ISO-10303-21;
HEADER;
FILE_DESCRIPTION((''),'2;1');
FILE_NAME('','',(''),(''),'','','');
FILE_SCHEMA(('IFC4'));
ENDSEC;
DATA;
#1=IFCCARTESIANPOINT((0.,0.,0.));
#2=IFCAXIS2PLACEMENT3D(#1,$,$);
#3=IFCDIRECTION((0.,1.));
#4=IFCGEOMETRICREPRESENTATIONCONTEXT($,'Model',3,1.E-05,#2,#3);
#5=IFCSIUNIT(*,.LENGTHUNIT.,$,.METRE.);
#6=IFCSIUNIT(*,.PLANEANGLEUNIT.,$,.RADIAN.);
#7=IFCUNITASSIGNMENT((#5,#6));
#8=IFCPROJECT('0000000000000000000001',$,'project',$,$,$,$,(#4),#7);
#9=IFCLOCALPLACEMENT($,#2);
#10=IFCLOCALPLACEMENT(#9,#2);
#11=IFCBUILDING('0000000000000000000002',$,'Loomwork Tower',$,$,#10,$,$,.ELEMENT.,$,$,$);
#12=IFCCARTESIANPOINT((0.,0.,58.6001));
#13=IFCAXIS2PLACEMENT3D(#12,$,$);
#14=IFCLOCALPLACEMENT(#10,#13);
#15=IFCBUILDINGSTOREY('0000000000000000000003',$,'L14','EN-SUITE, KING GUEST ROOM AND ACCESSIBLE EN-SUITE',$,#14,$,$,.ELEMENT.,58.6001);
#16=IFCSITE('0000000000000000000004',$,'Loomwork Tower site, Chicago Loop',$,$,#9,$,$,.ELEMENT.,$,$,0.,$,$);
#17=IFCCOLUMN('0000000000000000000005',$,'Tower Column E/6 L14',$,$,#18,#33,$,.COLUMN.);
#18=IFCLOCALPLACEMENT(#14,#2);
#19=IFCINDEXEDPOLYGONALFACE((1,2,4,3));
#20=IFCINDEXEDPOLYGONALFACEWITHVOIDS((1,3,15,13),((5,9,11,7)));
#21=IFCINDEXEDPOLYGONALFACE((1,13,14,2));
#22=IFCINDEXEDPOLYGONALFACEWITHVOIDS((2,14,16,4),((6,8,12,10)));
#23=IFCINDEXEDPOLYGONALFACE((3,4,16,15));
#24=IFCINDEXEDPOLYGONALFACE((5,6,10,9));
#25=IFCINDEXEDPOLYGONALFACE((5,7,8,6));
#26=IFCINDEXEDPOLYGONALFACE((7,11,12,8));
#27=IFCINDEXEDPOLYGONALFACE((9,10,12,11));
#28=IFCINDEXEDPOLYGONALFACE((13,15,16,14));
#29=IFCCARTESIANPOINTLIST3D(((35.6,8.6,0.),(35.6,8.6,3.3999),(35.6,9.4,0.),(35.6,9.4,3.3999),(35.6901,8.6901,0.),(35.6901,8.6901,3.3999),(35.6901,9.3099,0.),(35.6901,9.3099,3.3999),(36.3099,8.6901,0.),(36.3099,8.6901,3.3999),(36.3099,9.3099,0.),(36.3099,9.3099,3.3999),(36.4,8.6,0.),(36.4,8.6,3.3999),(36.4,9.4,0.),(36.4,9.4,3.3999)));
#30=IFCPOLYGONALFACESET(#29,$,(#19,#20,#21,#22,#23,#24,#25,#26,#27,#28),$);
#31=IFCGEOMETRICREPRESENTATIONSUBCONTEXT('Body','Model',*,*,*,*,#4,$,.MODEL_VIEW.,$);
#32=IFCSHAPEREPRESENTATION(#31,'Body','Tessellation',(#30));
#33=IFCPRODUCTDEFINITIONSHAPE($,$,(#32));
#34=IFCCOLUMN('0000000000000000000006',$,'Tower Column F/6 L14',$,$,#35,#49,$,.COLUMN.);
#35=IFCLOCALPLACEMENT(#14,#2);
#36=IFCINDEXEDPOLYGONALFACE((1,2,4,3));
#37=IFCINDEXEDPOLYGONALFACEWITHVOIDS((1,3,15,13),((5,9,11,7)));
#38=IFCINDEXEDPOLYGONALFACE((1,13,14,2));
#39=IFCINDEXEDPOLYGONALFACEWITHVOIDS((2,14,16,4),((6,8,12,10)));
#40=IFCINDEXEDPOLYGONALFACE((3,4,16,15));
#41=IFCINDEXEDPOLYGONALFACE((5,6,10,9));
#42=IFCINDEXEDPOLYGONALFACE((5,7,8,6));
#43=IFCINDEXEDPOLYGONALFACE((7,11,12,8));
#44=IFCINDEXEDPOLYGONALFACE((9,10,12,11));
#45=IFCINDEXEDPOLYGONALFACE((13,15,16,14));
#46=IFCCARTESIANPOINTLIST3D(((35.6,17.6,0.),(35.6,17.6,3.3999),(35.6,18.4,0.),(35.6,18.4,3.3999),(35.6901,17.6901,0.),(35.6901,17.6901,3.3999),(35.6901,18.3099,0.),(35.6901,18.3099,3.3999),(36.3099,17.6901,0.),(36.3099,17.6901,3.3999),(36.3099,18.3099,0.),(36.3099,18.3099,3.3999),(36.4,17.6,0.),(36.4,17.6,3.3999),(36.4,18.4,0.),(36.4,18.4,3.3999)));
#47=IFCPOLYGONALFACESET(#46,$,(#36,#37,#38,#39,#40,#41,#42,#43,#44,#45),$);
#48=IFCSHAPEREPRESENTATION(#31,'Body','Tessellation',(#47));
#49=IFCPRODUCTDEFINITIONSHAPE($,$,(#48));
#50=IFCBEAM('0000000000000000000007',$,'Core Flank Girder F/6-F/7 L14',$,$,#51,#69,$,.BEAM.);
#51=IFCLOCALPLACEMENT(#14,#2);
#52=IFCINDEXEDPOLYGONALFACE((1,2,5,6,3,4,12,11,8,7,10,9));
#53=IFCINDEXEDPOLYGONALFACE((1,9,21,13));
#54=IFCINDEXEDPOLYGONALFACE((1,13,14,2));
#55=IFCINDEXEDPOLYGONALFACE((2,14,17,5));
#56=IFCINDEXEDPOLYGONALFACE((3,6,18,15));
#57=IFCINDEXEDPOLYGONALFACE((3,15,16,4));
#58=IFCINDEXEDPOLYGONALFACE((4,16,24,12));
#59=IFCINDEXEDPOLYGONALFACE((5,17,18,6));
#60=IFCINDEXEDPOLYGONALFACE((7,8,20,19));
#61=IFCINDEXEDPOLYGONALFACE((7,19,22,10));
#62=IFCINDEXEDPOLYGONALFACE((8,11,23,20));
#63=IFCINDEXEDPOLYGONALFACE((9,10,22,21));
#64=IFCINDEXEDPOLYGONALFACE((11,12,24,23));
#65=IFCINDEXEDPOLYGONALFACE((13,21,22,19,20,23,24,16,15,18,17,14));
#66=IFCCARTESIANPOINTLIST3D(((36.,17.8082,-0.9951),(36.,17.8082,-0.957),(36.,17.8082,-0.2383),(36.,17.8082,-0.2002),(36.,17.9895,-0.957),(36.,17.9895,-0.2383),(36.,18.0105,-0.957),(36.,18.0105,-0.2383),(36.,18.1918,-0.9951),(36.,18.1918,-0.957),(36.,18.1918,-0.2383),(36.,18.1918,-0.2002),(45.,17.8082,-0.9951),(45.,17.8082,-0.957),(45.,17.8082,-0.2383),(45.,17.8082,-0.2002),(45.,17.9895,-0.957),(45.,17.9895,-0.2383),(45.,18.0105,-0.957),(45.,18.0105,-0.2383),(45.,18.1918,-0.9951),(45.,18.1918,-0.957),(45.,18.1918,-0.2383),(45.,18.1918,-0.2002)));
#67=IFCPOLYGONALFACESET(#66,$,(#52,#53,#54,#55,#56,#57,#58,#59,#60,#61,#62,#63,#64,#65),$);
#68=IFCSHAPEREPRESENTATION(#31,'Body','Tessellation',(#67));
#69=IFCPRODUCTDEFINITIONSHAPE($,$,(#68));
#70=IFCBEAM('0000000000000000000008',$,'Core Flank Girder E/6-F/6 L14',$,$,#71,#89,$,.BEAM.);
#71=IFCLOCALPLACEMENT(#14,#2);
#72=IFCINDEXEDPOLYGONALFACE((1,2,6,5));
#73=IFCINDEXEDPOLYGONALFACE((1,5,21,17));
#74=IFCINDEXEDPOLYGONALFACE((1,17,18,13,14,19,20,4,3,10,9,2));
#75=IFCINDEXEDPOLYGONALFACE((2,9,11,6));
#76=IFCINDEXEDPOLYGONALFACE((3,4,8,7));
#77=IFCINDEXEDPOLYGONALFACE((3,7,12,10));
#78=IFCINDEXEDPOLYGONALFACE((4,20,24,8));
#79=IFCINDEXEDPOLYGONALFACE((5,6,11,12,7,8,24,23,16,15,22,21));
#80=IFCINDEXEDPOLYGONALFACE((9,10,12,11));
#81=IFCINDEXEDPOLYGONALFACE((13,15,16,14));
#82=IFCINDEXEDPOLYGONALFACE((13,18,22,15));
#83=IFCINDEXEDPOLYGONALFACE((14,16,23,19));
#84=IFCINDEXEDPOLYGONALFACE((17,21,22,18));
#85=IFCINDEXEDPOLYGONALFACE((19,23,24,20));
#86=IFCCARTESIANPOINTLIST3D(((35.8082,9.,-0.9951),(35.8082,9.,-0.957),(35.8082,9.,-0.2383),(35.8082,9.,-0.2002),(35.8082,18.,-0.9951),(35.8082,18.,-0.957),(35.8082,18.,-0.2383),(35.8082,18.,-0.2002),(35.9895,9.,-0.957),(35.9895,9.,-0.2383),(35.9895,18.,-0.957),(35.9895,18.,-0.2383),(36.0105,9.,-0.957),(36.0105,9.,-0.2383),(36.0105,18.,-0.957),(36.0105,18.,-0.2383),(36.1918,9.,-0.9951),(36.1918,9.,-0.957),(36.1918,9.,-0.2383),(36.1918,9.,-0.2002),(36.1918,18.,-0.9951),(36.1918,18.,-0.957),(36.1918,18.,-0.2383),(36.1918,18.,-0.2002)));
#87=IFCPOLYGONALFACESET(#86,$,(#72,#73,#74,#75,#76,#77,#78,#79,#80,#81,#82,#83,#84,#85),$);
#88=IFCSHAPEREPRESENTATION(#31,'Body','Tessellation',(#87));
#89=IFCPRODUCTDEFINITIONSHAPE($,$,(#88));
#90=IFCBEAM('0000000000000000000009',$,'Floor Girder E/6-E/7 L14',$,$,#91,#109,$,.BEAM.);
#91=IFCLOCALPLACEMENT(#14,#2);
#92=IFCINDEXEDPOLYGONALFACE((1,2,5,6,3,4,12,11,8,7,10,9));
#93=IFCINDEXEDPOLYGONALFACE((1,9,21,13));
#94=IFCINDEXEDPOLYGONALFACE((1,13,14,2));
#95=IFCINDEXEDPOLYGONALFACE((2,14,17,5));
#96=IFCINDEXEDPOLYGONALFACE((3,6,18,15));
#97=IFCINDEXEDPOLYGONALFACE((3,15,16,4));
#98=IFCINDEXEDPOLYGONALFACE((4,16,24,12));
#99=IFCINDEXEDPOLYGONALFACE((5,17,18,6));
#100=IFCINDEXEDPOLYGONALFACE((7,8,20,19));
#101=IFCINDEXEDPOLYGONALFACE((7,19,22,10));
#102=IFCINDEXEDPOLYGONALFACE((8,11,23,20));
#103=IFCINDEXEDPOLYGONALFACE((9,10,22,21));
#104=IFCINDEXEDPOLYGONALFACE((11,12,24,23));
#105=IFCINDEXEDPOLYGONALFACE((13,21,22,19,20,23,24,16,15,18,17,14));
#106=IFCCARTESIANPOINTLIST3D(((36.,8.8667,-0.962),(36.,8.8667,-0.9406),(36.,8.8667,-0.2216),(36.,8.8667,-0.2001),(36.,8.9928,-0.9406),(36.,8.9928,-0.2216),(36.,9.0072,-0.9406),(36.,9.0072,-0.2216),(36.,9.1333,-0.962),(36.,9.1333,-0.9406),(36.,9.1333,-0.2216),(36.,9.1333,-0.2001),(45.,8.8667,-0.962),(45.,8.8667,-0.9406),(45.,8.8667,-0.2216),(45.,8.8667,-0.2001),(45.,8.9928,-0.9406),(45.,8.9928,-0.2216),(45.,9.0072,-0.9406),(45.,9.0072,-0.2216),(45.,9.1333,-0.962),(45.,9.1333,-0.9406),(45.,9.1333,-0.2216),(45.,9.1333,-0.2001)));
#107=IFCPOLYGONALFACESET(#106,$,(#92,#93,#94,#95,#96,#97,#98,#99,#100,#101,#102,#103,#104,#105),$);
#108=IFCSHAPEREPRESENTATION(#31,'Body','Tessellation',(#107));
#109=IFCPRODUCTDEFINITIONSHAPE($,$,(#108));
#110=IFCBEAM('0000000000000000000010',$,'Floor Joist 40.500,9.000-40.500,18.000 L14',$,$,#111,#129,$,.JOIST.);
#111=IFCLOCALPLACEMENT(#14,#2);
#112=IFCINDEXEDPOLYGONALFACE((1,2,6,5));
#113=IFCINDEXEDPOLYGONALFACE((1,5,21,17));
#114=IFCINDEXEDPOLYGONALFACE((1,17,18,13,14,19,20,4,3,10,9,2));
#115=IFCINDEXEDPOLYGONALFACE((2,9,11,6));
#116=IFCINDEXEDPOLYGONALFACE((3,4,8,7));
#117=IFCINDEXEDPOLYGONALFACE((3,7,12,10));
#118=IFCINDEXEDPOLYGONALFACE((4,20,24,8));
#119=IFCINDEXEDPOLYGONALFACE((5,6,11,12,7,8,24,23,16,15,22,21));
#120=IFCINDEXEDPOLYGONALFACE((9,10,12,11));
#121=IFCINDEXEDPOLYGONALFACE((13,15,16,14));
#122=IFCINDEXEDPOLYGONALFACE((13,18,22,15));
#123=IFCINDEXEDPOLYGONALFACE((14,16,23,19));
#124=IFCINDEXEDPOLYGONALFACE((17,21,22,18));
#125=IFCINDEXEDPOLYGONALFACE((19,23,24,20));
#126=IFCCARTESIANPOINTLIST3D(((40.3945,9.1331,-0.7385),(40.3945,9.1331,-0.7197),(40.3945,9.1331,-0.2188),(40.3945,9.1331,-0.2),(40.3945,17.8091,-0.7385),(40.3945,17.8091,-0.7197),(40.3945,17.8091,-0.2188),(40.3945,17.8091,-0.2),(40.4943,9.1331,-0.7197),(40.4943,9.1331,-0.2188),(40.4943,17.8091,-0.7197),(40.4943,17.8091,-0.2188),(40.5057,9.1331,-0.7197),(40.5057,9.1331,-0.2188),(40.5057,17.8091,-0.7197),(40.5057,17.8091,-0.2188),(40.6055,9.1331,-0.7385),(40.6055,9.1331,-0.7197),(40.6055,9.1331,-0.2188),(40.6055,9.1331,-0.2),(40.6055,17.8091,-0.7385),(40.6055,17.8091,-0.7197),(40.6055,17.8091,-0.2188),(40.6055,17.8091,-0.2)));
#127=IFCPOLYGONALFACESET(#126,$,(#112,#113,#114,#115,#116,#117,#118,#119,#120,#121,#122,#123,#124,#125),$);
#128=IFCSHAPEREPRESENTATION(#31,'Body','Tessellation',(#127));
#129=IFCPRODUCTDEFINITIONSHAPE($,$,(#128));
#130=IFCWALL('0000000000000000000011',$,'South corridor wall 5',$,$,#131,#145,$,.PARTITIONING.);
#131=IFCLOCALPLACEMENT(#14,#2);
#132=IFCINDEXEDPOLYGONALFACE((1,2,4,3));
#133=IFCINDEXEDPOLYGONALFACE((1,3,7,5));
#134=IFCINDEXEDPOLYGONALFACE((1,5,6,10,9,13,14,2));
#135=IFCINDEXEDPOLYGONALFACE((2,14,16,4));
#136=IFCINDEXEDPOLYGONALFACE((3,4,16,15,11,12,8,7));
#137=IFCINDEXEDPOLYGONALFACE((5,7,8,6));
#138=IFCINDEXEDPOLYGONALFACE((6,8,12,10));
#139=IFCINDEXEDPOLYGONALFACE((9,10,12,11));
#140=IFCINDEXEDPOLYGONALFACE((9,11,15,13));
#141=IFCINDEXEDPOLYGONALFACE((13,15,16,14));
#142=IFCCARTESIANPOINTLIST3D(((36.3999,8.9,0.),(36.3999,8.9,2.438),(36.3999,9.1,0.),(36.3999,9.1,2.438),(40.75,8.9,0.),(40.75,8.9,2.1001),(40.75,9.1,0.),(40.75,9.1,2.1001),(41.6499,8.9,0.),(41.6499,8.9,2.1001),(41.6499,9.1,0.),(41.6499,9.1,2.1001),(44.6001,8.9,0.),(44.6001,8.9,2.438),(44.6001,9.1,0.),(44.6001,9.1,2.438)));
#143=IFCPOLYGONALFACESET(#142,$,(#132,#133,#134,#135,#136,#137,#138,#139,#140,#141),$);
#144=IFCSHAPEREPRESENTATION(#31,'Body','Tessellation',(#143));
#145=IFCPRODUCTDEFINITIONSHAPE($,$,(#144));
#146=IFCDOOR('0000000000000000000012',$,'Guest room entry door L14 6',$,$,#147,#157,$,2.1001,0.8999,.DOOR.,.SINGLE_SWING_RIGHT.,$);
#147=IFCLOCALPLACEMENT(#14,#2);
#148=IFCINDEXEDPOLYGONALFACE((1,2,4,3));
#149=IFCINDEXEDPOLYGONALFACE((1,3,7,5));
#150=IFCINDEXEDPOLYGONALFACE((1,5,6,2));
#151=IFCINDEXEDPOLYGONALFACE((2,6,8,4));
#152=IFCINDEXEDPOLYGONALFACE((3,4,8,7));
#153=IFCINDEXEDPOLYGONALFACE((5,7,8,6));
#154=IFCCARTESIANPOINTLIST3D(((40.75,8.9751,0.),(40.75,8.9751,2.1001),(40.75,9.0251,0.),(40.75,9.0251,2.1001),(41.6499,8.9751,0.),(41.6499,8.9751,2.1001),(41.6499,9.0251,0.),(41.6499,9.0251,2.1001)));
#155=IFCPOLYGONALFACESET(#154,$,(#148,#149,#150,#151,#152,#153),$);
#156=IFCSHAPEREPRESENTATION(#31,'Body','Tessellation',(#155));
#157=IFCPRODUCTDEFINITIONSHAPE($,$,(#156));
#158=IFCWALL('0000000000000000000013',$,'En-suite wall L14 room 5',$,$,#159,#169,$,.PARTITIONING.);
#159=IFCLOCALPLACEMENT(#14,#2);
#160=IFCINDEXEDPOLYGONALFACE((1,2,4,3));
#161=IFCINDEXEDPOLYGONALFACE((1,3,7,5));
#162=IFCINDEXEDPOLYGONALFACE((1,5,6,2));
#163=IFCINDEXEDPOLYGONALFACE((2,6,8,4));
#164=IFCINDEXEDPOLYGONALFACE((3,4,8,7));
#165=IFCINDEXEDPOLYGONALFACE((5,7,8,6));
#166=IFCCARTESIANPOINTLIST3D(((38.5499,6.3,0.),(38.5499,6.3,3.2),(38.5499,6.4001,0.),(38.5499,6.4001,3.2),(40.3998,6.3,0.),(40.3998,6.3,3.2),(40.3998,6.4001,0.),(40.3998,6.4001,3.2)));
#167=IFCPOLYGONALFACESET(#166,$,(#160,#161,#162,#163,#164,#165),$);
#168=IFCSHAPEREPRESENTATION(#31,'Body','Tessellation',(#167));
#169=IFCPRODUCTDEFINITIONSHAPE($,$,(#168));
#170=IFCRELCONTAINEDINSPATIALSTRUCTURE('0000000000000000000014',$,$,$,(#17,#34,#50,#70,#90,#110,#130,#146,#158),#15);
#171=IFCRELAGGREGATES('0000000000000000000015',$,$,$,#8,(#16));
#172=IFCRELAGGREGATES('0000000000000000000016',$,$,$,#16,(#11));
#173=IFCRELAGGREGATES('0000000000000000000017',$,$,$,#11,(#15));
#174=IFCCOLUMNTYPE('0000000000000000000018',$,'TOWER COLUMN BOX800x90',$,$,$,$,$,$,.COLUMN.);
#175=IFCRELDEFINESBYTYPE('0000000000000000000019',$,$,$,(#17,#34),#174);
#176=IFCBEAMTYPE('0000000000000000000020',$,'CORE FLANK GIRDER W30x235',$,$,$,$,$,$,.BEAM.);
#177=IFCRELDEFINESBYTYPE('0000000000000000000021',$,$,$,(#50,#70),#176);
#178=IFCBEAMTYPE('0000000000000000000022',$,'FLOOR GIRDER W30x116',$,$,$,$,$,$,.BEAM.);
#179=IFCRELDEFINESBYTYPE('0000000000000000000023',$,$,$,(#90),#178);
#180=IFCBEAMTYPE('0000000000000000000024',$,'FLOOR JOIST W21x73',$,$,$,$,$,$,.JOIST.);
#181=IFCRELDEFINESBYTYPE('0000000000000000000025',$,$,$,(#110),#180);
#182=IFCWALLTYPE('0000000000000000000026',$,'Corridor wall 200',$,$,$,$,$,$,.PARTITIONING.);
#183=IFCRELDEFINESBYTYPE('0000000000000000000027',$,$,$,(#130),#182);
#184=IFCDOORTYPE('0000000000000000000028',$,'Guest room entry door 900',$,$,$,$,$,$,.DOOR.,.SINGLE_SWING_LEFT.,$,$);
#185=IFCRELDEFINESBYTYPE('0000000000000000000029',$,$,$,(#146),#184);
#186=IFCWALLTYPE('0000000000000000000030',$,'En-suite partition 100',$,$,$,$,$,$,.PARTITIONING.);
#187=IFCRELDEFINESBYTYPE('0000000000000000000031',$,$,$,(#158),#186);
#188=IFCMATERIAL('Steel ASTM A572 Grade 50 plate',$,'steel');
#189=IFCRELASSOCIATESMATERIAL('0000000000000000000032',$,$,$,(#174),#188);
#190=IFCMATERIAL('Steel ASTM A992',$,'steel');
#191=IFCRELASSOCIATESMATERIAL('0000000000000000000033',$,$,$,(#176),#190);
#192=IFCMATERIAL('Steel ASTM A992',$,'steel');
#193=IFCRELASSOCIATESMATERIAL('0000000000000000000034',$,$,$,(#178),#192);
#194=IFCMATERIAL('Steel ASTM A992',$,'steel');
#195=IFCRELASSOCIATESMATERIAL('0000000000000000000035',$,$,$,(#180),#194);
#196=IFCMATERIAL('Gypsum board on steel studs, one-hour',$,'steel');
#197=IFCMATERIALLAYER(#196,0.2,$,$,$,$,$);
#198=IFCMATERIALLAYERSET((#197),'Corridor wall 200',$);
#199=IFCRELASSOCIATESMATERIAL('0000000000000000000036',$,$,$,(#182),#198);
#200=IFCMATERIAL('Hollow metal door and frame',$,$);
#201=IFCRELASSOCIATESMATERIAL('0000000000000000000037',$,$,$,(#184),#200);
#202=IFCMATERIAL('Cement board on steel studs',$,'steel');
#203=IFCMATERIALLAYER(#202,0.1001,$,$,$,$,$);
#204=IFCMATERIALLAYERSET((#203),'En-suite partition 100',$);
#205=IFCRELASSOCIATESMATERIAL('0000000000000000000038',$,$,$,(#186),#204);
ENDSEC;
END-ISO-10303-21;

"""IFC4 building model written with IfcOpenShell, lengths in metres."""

from ifc_helpers import new_model, si_unit, direction, frame, frame_2d, origin, origin_2d, place, context, subcontext, project, spatial, rectangle, hollow_rectangle, i_section, extrude, material, layer, layer_set, material_profile, profile_set, type_object, element, fill, save


model = new_model("IFC4")

# Units and contexts
model_context = context("Model", 3, precision=1e-05, world=origin(), true_north=direction((0.0, 1.0)))
body_context = subcontext(model_context, "Body", "Model", "MODEL_VIEW")
ifc_project = project(units=[si_unit("LENGTHUNIT", "METRE"), si_unit("PLANEANGLEUNIT", "RADIAN")], contexts=[model_context])

# Site, building, storey
site_placement = place(None, origin())
site = spatial("IfcSite", under=ifc_project, at=site_placement, Name="Loomwork Tower site, Chicago Loop", CompositionType="ELEMENT", RefElevation=0.0)
building_placement = place(site_placement, origin())
building = spatial("IfcBuilding", under=site, at=building_placement, Name="Loomwork Tower", CompositionType="ELEMENT")
storey_placement = place(building_placement, frame((0.0, 0.0, 58.6001)))
storey = spatial("IfcBuildingStorey", under=building, at=storey_placement, Name="L14", Description="EN-SUITE, KING GUEST ROOM AND ACCESSIBLE EN-SUITE", CompositionType="ELEMENT", Elevation=58.6001)

# Columns
ifc_material_1 = material(Name="Steel ASTM A572 Grade 50 plate", Category="steel")
ifc_material_profile_1 = material_profile(ifc_material_1, hollow_rectangle(XDim=0.8, YDim=0.8, WallThickness=0.0901, at=origin_2d()), Name="BOX800x90")
ifc_profile_set_1 = profile_set([ifc_material_profile_1], Name="Steel ASTM A572 Grade 50 plate")
column_type = type_object("IfcColumnType", Name="TOWER COLUMN BOX800x90", PredefinedType="COLUMN", material=ifc_profile_set_1)
for number, where, z_axis, x_axis, name in (
    (1, (36.0, 9.0, 0.0), (0.0, 0.0, 1.0), (0.0, 1.0, 0.0), "Tower Column E/6 L14"),
    (2, (36.0, 18.0, 0.0), (0.0, 0.0, 1.0), (0.0, 1.0, 0.0), "Tower Column F/6 L14"),
):
    element("IfcColumn", number, at=place(storey_placement, frame(where, z_axis=z_axis, x_axis=x_axis)), inside=storey, type_object=column_type, Name=name, PredefinedType="COLUMN", context=body_context, shape_type="SweptSolid", body=[
        extrude(hollow_rectangle(XDim=0.8, YDim=0.8, WallThickness=0.0901, at=origin_2d()), origin(), (0.0, 0.0, 1.0), 3.3999),
    ])

# Beams
ifc_material_2 = material(Name="Steel ASTM A992", Category="steel")
ifc_material_profile_2 = material_profile(ifc_material_2, i_section(OverallWidth=0.3835, OverallDepth=0.7949, WebThickness=0.021, FlangeThickness=0.0381, at=origin_2d()), Name="W30x235")
ifc_profile_set_2 = profile_set([ifc_material_profile_2], Name="Steel ASTM A992")
beam_type_1 = type_object("IfcBeamType", Name="CORE FLANK GIRDER W30x235", PredefinedType="BEAM", material=ifc_profile_set_2)
for number, where, z_axis, x_axis, name in (
    (3, (36.0, 18.0, -0.5977), (1.0, 0.0, 0.0), (0.0, 1.0, 0.0), "Core Flank Girder F/6-F/7 L14"),
    (4, (36.0, 9.0, -0.5977), (0.0, 1.0, 0.0), (-1.0, 0.0, 0.0), "Core Flank Girder E/6-F/6 L14"),
):
    element("IfcBeam", number, at=place(storey_placement, frame(where, z_axis=z_axis, x_axis=x_axis)), inside=storey, type_object=beam_type_1, Name=name, PredefinedType="BEAM", context=body_context, shape_type="SweptSolid", body=[
        extrude(i_section(OverallWidth=0.3835, OverallDepth=0.7949, WebThickness=0.021, FlangeThickness=0.0381, at=origin_2d()), origin(), (0.0, 0.0, 1.0), 9.0),
    ])
ifc_material_3 = material(Name="Steel ASTM A992", Category="steel")
ifc_material_profile_3 = material_profile(ifc_material_3, i_section(OverallWidth=0.2666, OverallDepth=0.762, WebThickness=0.0144, FlangeThickness=0.0215, at=origin_2d()), Name="W30x116")
ifc_profile_set_3 = profile_set([ifc_material_profile_3], Name="Steel ASTM A992")
beam_type_2 = type_object("IfcBeamType", Name="FLOOR GIRDER W30x116", PredefinedType="BEAM", material=ifc_profile_set_3)
beam_1_placement = place(storey_placement, frame((36.0, 9.0, -0.5811), z_axis=(1.0, 0.0, 0.0), x_axis=(0.0, 1.0, 0.0)))
element("IfcBeam", 5, at=beam_1_placement, inside=storey, type_object=beam_type_2, Name="Floor Girder E/6-E/7 L14", PredefinedType="BEAM", context=body_context, shape_type="SweptSolid", body=[
    extrude(i_section(OverallWidth=0.2666, OverallDepth=0.762, WebThickness=0.0144, FlangeThickness=0.0215, at=origin_2d()), origin(), (0.0, 0.0, 1.0), 9.0),
])
ifc_material_4 = material(Name="Steel ASTM A992", Category="steel")
ifc_material_profile_4 = material_profile(ifc_material_4, i_section(OverallWidth=0.2109, OverallDepth=0.5386, WebThickness=0.0115, FlangeThickness=0.0188, at=origin_2d()), Name="W21x73")
ifc_profile_set_4 = profile_set([ifc_material_profile_4], Name="Steel ASTM A992")
beam_type_3 = type_object("IfcBeamType", Name="FLOOR JOIST W21x73", PredefinedType="JOIST", material=ifc_profile_set_4)
beam_2_placement = place(storey_placement, frame((40.5, 9.1331, -0.4692), z_axis=(0.0, 1.0, 0.0), x_axis=(-1.0, 0.0, 0.0)))
element("IfcBeam", 6, at=beam_2_placement, inside=storey, type_object=beam_type_3, Name="Floor Joist 40.500,9.000-40.500,18.000 L14", PredefinedType="JOIST", context=body_context, shape_type="SweptSolid", body=[
    extrude(i_section(OverallWidth=0.2109, OverallDepth=0.5386, WebThickness=0.0115, FlangeThickness=0.0188, at=origin_2d()), origin(), (0.0, 0.0, 1.0), 8.676),
])

# Wall, opening, door
ifc_material_5 = material(Name="Gypsum board on steel studs, one-hour", Category="steel")
ifc_layer_1 = layer(ifc_material_5, 0.2)
ifc_layer_set_1 = layer_set([ifc_layer_1], Name="Corridor wall 200")
wall_type_1 = type_object("IfcWallType", Name="Corridor wall 200", PredefinedType="PARTITIONING", material=ifc_layer_set_1)
wall_1_placement = place(storey_placement, frame((36.3999, 9.0, 0.0), z_axis=(0.0, 0.0, 1.0), x_axis=(1.0, 0.0, 0.0)))
wall_1 = element("IfcWall", 7, at=wall_1_placement, inside=storey, type_object=wall_type_1, Name="South corridor wall 5", PredefinedType="PARTITIONING", context=body_context, shape_type="SweptSolid", body=[
    extrude(rectangle(XDim=8.2002, YDim=0.2, at=frame_2d((4.1001, 0.0))), origin(), (0.0, 0.0, 1.0), 2.438),
])
opening_1_placement = place(wall_1_placement, frame((4.3501, 0.0, 0.0)))
opening_1 = element("IfcOpeningElement", 8, at=opening_1_placement, cuts=wall_1, PredefinedType="OPENING", context=body_context, shape_type="SweptSolid", body=[
    extrude(rectangle(XDim=0.8999, YDim=2.1001, at=frame_2d((0.45, 1.05))), frame((0.0, 0.1099, 0.0), z_axis=(0.0, -1.0, 0.0), x_axis=(1.0, 0.0, 0.0)), (0.0, 0.0, 1.0), 0.22),
])
ifc_material_6 = material(Name="Hollow metal door and frame")
door_type_1 = type_object("IfcDoorType", Name="Guest room entry door 900", OperationType="SINGLE_SWING_LEFT", PredefinedType="DOOR", material=ifc_material_6)
door_1_placement = place(opening_1_placement, frame((0.8999, 0.0, 0.0), z_axis=(0.0, 0.0, 1.0), x_axis=(-1.0, 0.0, 0.0)))
door_1 = element("IfcDoor", 9, at=door_1_placement, inside=storey, type_object=door_type_1, Name="Guest room entry door L14 6", OperationType="SINGLE_SWING_RIGHT", OverallHeight=2.1001, OverallWidth=0.8999, PredefinedType="DOOR", context=body_context, shape_type="SweptSolid", body=[
    extrude(rectangle(XDim=0.8999, YDim=2.1001, at=frame_2d((0.45, 1.05))), frame((0.0, 0.0249, 0.0), z_axis=(0.0, -1.0, 0.0), x_axis=(1.0, 0.0, 0.0)), (0.0, 0.0, 1.0), 0.05),
])
fill(opening_1, door_1)

# Wall
ifc_material_7 = material(Name="Cement board on steel studs", Category="steel")
ifc_layer_2 = layer(ifc_material_7, 0.1001)
ifc_layer_set_2 = layer_set([ifc_layer_2], Name="En-suite partition 100")
wall_type_2 = type_object("IfcWallType", Name="En-suite partition 100", PredefinedType="PARTITIONING", material=ifc_layer_set_2)
wall_2_placement = place(storey_placement, frame((38.55, 6.3501, 0.0), z_axis=(0.0, 0.0, 1.0), x_axis=(1.0, 0.0, 0.0)))
element("IfcWall", 10, at=wall_2_placement, inside=storey, type_object=wall_type_2, Name="En-suite wall L14 room 5", PredefinedType="PARTITIONING", context=body_context, shape_type="SweptSolid", body=[
    extrude(rectangle(XDim=1.8499, YDim=0.1001, at=frame_2d((0.9248, 0.0))), origin(), (0.0, 0.0, 1.0), 3.2),
])

save(model, "model.ifc")
